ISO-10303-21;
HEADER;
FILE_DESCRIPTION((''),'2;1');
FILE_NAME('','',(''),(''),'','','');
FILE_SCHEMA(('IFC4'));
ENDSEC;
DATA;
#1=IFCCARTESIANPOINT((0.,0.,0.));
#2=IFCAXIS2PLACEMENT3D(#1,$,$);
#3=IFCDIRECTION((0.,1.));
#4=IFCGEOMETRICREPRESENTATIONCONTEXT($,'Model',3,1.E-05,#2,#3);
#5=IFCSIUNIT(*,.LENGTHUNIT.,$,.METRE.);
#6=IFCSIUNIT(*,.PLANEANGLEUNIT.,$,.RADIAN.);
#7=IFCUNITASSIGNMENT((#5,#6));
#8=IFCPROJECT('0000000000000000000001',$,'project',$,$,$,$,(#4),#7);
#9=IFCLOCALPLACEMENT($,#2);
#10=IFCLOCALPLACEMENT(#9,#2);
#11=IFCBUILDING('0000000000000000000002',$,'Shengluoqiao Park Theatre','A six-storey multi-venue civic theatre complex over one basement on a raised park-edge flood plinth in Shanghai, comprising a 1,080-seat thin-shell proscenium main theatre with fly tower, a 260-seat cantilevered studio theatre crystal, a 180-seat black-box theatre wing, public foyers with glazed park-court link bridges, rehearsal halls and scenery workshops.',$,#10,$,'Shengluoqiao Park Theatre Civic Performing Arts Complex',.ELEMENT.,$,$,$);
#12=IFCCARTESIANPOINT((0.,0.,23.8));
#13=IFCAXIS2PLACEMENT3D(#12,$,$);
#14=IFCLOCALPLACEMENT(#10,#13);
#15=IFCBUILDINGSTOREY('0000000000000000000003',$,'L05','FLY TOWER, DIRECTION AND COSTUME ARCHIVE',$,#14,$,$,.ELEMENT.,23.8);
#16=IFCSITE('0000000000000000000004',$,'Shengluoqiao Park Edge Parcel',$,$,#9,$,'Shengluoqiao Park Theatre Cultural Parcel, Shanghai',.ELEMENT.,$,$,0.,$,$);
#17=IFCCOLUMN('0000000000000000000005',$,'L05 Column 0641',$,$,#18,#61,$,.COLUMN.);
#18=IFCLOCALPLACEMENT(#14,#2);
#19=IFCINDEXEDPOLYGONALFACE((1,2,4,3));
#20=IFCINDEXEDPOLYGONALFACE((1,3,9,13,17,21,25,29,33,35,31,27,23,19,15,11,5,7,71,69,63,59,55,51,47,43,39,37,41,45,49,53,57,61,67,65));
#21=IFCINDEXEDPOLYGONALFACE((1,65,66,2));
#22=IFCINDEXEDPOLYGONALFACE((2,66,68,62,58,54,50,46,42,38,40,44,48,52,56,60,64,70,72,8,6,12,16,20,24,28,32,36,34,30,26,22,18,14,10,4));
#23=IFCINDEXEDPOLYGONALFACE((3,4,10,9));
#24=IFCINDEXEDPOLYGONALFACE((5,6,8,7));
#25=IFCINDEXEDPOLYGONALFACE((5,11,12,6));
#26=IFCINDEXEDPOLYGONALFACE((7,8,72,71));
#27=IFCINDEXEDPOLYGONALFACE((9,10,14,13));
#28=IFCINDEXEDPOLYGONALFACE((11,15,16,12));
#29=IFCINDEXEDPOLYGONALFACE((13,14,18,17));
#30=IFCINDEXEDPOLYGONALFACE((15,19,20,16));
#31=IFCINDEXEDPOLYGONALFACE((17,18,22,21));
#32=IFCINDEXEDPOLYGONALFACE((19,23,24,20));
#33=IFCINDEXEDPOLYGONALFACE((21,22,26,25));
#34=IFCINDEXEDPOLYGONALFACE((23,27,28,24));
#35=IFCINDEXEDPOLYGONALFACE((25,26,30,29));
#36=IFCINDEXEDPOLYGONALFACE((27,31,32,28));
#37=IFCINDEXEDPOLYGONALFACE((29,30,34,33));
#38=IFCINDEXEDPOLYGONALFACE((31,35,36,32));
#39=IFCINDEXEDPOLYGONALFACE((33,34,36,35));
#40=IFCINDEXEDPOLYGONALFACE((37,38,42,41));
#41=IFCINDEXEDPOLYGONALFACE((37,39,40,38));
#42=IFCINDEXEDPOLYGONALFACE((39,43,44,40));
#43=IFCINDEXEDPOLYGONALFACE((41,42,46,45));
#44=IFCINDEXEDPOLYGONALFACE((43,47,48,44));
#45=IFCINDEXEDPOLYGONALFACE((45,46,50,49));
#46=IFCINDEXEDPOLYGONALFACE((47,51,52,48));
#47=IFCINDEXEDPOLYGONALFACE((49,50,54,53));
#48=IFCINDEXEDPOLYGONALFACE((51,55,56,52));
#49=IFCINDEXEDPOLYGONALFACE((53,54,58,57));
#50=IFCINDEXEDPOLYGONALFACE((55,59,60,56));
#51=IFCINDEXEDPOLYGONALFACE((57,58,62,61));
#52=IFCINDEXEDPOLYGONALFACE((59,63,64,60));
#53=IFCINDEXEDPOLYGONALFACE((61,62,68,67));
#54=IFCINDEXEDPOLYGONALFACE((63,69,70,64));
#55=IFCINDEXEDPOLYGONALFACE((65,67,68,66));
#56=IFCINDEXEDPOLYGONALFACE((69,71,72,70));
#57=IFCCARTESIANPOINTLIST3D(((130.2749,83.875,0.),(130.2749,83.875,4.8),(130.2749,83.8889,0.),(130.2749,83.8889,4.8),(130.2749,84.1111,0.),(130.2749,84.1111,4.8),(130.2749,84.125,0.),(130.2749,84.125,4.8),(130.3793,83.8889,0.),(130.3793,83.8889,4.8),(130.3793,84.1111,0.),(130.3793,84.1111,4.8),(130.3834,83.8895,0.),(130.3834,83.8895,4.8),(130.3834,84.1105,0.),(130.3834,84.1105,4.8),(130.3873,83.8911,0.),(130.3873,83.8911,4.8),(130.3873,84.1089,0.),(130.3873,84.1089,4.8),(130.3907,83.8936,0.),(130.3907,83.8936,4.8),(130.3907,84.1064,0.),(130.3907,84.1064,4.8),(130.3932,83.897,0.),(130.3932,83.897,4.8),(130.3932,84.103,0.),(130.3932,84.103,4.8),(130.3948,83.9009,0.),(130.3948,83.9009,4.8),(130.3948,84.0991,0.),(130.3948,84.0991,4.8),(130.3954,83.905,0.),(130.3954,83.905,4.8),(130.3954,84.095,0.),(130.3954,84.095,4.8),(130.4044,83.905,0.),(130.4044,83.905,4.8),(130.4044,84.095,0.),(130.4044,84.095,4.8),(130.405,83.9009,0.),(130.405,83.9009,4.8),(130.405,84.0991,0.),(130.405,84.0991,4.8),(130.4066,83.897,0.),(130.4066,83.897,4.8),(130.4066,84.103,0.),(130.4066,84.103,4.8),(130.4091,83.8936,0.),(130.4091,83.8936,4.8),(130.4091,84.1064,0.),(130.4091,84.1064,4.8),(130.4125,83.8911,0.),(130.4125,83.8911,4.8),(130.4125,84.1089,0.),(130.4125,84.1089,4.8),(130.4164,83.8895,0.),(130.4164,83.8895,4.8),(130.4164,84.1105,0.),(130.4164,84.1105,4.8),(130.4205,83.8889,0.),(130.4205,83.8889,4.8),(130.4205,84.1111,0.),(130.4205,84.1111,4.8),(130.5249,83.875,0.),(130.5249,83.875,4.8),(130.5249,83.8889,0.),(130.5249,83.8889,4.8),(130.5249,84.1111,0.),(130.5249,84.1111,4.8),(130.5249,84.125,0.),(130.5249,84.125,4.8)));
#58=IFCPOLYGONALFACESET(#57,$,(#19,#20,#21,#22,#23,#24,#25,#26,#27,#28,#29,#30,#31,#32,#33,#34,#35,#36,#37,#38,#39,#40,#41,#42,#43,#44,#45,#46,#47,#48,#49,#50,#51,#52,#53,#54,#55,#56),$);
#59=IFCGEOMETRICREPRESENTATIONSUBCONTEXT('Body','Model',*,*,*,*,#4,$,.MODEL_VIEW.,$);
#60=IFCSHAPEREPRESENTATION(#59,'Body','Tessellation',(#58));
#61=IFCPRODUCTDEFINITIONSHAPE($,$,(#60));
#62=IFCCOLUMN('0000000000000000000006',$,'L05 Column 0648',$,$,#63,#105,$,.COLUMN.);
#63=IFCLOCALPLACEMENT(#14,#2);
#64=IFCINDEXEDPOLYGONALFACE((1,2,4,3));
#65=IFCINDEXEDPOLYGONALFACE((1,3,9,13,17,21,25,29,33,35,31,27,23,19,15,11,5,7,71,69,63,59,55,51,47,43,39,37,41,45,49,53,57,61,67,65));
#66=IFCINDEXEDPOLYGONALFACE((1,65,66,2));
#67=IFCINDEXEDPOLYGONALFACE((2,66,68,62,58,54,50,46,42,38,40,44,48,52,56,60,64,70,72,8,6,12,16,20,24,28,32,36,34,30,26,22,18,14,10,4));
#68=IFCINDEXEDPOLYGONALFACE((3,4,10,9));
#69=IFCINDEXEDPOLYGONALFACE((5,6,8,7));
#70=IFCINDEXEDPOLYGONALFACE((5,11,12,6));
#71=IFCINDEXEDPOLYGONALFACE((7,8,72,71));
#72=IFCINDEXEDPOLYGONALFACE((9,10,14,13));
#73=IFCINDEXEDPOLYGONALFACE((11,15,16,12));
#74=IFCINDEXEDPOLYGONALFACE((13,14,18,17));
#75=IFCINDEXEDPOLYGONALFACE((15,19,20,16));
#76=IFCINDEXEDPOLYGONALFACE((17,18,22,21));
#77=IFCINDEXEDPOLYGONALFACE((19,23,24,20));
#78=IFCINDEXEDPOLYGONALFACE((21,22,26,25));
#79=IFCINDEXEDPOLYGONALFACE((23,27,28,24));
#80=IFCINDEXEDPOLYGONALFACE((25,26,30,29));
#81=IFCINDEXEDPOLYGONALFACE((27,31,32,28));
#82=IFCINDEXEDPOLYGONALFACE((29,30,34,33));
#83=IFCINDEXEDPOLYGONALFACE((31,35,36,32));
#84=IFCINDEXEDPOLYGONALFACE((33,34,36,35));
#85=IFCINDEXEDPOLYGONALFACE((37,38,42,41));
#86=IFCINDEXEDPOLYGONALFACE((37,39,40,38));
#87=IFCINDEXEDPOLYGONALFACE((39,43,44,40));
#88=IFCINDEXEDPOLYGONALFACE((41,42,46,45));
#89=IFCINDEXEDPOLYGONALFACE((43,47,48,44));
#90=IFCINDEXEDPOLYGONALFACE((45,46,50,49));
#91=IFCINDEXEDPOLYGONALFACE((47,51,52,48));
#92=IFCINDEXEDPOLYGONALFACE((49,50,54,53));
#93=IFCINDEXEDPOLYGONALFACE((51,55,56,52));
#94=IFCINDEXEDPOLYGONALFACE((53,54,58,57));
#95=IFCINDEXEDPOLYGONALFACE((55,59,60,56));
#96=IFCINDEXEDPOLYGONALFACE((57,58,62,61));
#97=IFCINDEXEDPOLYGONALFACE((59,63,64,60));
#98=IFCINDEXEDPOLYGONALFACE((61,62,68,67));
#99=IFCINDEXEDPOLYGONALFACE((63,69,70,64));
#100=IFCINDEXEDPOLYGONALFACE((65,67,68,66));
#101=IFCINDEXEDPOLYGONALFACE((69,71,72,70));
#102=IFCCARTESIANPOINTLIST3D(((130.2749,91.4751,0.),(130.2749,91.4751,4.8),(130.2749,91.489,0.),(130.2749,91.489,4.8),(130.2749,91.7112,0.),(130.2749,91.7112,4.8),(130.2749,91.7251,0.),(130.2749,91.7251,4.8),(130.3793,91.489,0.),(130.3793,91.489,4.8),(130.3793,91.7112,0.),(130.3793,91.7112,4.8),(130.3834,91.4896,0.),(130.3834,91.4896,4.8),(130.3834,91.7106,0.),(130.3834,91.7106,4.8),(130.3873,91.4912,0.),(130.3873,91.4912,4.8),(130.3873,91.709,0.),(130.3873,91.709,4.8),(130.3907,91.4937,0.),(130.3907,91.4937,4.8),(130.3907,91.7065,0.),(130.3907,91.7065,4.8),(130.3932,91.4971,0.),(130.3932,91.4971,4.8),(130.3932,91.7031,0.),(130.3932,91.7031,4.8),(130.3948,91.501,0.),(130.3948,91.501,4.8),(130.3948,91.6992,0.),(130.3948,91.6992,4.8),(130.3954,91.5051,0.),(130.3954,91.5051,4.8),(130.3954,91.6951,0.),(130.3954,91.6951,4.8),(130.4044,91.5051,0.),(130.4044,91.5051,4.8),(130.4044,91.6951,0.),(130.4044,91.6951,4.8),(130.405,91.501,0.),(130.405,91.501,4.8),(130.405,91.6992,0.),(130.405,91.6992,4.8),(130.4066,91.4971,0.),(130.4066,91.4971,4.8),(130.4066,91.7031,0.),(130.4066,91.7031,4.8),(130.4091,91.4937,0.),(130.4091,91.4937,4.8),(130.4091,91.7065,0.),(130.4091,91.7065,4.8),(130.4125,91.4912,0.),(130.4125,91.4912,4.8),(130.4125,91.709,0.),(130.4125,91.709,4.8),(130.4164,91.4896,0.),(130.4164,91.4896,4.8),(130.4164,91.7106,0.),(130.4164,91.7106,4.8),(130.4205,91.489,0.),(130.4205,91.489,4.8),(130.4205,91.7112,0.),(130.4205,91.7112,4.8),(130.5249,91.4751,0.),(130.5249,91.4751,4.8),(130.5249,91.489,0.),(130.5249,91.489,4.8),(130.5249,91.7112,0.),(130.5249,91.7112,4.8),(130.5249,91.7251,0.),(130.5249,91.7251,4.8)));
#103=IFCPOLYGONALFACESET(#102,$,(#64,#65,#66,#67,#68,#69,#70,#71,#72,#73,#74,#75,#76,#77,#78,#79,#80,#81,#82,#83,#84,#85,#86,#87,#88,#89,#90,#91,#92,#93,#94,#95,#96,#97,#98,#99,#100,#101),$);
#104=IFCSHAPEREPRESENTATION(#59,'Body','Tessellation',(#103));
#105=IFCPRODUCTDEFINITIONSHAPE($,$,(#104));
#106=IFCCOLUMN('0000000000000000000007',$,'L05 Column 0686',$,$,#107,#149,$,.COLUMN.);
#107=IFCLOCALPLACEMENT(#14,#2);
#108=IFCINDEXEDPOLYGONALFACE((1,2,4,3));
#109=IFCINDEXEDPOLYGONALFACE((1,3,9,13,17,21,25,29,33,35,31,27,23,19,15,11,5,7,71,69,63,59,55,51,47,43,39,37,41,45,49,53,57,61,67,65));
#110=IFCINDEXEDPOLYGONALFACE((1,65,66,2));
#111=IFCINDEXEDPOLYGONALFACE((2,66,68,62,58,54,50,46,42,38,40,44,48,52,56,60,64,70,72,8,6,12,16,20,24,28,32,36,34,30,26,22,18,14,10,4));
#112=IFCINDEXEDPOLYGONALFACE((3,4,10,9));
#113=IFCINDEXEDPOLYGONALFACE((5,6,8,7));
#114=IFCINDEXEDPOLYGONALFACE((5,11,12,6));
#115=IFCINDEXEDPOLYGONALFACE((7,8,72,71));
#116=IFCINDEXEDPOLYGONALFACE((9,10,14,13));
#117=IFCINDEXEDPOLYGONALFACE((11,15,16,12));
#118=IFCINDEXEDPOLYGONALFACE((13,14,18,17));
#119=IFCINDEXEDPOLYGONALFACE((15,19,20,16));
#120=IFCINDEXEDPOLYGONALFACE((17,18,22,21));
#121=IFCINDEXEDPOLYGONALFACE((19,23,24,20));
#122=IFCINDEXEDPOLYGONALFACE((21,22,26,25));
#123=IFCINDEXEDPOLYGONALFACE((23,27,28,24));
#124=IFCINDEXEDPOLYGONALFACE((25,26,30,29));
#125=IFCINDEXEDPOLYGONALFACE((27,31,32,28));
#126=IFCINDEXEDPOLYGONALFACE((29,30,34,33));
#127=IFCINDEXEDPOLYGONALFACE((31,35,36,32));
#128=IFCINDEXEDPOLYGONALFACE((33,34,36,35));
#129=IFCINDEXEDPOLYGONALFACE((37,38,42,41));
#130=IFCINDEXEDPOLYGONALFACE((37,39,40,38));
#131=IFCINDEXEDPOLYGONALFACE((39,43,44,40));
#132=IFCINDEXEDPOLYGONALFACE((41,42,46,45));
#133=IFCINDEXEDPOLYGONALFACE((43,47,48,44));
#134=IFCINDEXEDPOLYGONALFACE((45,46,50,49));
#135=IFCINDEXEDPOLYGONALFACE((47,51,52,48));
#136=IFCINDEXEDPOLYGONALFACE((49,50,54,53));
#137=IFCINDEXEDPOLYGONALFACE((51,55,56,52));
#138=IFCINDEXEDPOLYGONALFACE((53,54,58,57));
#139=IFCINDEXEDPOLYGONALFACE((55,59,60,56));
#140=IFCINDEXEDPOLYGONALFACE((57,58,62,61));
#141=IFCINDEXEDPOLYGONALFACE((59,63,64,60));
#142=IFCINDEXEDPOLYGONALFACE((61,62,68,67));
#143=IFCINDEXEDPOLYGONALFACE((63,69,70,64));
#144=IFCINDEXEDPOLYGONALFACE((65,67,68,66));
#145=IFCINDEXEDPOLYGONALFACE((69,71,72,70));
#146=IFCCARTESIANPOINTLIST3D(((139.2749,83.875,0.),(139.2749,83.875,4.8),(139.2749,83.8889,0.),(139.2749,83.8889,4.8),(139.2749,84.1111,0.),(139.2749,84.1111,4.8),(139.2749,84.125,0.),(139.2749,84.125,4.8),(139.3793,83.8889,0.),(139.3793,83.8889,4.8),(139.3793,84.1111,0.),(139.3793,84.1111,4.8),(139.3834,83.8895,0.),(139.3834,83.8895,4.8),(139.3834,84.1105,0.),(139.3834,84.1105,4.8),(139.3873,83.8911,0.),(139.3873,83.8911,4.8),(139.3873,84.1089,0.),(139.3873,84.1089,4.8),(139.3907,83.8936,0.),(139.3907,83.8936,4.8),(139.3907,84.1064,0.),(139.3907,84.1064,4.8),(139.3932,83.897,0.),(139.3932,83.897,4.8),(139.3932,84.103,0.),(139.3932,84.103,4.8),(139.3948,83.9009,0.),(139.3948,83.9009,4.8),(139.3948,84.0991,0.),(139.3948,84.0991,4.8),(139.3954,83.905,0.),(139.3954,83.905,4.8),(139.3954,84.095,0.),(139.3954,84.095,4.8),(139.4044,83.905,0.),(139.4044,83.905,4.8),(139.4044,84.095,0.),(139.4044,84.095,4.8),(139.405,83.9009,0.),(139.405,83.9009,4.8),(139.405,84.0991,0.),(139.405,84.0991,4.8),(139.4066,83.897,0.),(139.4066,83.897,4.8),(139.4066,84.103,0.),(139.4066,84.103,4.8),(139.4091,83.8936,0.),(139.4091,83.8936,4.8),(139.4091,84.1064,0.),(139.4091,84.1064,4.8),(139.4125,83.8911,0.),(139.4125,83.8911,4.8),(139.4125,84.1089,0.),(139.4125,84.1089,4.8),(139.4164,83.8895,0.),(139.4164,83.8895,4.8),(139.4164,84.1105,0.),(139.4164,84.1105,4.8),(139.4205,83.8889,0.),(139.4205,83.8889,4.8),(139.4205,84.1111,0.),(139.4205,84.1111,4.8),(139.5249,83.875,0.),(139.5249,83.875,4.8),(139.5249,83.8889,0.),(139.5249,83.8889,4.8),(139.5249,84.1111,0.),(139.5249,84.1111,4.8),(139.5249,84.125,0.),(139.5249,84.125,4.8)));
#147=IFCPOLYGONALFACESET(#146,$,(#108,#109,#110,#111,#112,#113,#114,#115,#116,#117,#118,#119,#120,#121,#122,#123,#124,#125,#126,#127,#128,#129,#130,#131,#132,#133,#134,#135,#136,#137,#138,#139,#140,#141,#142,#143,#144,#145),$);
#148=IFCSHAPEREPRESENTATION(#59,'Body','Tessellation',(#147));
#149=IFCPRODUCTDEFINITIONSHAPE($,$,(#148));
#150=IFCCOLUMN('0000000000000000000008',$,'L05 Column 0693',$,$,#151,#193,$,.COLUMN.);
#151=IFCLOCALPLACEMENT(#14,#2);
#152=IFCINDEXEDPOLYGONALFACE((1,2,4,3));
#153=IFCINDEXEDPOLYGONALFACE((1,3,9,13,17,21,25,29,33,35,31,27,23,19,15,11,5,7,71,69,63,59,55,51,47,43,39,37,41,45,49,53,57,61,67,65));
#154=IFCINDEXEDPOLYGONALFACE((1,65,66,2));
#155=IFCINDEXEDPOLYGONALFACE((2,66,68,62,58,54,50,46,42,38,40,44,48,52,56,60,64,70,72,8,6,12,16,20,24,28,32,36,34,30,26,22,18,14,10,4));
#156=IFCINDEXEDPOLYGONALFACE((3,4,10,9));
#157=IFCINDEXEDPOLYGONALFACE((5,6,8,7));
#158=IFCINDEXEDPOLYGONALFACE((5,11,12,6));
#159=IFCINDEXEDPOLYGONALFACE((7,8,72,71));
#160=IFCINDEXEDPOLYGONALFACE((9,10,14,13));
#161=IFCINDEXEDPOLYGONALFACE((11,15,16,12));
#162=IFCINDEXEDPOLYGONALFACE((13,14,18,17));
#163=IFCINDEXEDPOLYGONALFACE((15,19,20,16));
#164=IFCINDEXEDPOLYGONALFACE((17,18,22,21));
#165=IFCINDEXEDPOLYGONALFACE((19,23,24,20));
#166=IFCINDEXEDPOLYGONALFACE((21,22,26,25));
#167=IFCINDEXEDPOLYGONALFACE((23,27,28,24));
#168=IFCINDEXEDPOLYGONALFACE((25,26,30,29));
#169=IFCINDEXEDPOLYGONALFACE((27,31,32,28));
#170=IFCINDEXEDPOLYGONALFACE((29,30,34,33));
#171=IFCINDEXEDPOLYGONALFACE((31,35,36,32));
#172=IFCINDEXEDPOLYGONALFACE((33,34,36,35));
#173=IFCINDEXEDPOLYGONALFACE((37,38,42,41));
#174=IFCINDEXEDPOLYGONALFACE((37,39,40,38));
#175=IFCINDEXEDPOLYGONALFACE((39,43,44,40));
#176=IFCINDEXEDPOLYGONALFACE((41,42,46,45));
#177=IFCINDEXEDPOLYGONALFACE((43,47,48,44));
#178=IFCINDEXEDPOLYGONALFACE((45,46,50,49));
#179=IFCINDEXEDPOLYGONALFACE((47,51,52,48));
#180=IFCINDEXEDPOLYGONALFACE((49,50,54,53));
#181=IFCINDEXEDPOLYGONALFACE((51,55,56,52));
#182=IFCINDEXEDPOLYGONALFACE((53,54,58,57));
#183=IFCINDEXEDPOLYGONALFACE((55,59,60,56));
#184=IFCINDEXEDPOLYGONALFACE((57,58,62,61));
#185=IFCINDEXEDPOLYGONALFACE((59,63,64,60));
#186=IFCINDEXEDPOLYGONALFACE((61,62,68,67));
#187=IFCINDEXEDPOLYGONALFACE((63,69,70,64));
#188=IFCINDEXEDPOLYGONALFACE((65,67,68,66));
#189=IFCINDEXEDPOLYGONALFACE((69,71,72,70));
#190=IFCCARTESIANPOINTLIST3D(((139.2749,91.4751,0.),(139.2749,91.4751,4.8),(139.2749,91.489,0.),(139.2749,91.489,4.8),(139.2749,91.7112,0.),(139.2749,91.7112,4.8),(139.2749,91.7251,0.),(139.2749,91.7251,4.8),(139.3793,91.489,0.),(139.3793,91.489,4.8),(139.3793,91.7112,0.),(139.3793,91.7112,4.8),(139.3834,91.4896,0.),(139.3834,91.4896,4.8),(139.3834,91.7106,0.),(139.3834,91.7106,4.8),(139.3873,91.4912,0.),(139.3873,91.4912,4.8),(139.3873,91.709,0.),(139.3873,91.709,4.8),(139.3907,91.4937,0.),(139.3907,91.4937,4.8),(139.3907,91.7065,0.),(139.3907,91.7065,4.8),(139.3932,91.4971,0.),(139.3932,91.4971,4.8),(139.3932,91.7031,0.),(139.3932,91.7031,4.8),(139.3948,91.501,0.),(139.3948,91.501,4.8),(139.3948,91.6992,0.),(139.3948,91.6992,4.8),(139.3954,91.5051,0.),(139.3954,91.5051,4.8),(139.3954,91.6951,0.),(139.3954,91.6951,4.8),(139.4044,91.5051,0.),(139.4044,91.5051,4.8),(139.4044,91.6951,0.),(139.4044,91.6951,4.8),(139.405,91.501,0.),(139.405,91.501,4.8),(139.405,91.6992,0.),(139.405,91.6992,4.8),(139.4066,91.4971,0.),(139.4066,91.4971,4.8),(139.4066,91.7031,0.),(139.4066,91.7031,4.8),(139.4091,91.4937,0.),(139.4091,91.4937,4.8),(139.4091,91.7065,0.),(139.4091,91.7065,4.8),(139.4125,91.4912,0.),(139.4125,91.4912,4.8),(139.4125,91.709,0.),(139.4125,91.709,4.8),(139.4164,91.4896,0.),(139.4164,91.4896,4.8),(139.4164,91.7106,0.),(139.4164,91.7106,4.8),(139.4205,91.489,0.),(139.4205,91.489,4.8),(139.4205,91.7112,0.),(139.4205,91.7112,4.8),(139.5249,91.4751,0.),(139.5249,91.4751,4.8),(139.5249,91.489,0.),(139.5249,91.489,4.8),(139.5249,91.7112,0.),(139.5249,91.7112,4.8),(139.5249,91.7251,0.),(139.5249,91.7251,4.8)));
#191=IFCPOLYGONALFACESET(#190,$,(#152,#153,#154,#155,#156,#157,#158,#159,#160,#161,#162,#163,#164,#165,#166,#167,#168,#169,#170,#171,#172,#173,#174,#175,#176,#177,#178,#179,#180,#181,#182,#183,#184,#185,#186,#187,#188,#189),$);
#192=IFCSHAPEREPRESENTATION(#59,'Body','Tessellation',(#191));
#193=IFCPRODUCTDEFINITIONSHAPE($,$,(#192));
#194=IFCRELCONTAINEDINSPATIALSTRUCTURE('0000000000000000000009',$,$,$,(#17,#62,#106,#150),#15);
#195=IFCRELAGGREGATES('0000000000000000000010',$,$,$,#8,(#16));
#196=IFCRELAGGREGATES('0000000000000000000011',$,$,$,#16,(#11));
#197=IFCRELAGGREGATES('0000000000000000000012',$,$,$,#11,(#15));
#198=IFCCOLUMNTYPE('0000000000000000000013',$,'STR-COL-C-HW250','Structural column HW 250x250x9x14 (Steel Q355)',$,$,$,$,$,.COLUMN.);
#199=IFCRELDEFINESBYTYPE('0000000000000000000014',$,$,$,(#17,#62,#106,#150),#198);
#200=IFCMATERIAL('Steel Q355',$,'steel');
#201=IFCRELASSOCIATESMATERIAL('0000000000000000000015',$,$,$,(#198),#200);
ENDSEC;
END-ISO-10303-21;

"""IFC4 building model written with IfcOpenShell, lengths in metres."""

from ifc_helpers import new_model, si_unit, direction, frame, origin, origin_2d, place, context, subcontext, project, spatial, i_section, extrude, material, material_profile, profile_set, type_object, element, save


model = new_model("IFC4")

# Units and contexts
model_context = context("Model", 3, precision=1e-05, world=origin(), true_north=direction((0.0, 1.0)))
body_context = subcontext(model_context, "Body", "Model", "MODEL_VIEW")
ifc_project = project(units=[si_unit("LENGTHUNIT", "METRE"), si_unit("PLANEANGLEUNIT", "RADIAN")], contexts=[model_context])

# Site, building, storey
site_placement = place(None, origin())
site = spatial("IfcSite", under=ifc_project, at=site_placement, Name="Shengluoqiao Park Edge Parcel", LongName="Shengluoqiao Park Theatre Cultural Parcel, Shanghai", CompositionType="ELEMENT", RefElevation=0.0)
building_placement = place(site_placement, origin())
building = spatial("IfcBuilding", under=site, at=building_placement, Name="Shengluoqiao Park Theatre", Description="A six-storey multi-venue civic theatre complex over one basement on a raised park-edge flood plinth in Shanghai, comprising a 1,080-seat thin-shell proscenium main theatre with fly tower, a 260-seat cantilevered studio theatre crystal, a 180-seat black-box theatre wing, public foyers with glazed park-court link bridges, rehearsal halls and scenery workshops.", LongName="Shengluoqiao Park Theatre Civic Performing Arts Complex", CompositionType="ELEMENT")
storey_placement = place(building_placement, frame((0.0, 0.0, 23.8)))
storey = spatial("IfcBuildingStorey", under=building, at=storey_placement, Name="L05", Description="FLY TOWER, DIRECTION AND COSTUME ARCHIVE", CompositionType="ELEMENT", Elevation=23.8)

# Columns
ifc_material_1 = material(Name="Steel Q355", Category="steel")
ifc_material_profile_1 = material_profile(ifc_material_1, i_section(OverallWidth=0.25, OverallDepth=0.25, WebThickness=0.009, FlangeThickness=0.0139, FilletRadius=0.0161, at=origin_2d()), Name="HW 250x250x9x14")
ifc_profile_set_1 = profile_set([ifc_material_profile_1], Name="Steel Q355")
column_type = type_object("IfcColumnType", Name="STR-COL-C-HW250", Description="Structural column HW 250x250x9x14 (Steel Q355)", PredefinedType="COLUMN", material=ifc_profile_set_1)
for number, where, z_axis, x_axis, name in (
    (1, (130.3999, 84.0, 0.0), (0.0, 0.0, 1.0), (1.0, 0.0, 0.0), "L05 Column 0641"),
    (2, (130.3999, 91.6001, 0.0), (0.0, 0.0, 1.0), (1.0, 0.0, 0.0), "L05 Column 0648"),
    (3, (139.3999, 84.0, 0.0), (0.0, 0.0, 1.0), (1.0, 0.0, 0.0), "L05 Column 0686"),
    (4, (139.3999, 91.6001, 0.0), (0.0, 0.0, 1.0), (1.0, 0.0, 0.0), "L05 Column 0693"),
):
    element("IfcColumn", number, at=place(storey_placement, frame(where, z_axis=z_axis, x_axis=x_axis)), inside=storey, type_object=column_type, Name=name, PredefinedType="COLUMN", context=body_context, shape_type="SweptSolid", body=[
        extrude(i_section(OverallWidth=0.25, OverallDepth=0.25, WebThickness=0.009, FlangeThickness=0.0139, FilletRadius=0.0161, at=origin_2d()), origin(), (0.0, 0.0, 1.0), 4.8),
    ])

save(model, "model.ifc")
